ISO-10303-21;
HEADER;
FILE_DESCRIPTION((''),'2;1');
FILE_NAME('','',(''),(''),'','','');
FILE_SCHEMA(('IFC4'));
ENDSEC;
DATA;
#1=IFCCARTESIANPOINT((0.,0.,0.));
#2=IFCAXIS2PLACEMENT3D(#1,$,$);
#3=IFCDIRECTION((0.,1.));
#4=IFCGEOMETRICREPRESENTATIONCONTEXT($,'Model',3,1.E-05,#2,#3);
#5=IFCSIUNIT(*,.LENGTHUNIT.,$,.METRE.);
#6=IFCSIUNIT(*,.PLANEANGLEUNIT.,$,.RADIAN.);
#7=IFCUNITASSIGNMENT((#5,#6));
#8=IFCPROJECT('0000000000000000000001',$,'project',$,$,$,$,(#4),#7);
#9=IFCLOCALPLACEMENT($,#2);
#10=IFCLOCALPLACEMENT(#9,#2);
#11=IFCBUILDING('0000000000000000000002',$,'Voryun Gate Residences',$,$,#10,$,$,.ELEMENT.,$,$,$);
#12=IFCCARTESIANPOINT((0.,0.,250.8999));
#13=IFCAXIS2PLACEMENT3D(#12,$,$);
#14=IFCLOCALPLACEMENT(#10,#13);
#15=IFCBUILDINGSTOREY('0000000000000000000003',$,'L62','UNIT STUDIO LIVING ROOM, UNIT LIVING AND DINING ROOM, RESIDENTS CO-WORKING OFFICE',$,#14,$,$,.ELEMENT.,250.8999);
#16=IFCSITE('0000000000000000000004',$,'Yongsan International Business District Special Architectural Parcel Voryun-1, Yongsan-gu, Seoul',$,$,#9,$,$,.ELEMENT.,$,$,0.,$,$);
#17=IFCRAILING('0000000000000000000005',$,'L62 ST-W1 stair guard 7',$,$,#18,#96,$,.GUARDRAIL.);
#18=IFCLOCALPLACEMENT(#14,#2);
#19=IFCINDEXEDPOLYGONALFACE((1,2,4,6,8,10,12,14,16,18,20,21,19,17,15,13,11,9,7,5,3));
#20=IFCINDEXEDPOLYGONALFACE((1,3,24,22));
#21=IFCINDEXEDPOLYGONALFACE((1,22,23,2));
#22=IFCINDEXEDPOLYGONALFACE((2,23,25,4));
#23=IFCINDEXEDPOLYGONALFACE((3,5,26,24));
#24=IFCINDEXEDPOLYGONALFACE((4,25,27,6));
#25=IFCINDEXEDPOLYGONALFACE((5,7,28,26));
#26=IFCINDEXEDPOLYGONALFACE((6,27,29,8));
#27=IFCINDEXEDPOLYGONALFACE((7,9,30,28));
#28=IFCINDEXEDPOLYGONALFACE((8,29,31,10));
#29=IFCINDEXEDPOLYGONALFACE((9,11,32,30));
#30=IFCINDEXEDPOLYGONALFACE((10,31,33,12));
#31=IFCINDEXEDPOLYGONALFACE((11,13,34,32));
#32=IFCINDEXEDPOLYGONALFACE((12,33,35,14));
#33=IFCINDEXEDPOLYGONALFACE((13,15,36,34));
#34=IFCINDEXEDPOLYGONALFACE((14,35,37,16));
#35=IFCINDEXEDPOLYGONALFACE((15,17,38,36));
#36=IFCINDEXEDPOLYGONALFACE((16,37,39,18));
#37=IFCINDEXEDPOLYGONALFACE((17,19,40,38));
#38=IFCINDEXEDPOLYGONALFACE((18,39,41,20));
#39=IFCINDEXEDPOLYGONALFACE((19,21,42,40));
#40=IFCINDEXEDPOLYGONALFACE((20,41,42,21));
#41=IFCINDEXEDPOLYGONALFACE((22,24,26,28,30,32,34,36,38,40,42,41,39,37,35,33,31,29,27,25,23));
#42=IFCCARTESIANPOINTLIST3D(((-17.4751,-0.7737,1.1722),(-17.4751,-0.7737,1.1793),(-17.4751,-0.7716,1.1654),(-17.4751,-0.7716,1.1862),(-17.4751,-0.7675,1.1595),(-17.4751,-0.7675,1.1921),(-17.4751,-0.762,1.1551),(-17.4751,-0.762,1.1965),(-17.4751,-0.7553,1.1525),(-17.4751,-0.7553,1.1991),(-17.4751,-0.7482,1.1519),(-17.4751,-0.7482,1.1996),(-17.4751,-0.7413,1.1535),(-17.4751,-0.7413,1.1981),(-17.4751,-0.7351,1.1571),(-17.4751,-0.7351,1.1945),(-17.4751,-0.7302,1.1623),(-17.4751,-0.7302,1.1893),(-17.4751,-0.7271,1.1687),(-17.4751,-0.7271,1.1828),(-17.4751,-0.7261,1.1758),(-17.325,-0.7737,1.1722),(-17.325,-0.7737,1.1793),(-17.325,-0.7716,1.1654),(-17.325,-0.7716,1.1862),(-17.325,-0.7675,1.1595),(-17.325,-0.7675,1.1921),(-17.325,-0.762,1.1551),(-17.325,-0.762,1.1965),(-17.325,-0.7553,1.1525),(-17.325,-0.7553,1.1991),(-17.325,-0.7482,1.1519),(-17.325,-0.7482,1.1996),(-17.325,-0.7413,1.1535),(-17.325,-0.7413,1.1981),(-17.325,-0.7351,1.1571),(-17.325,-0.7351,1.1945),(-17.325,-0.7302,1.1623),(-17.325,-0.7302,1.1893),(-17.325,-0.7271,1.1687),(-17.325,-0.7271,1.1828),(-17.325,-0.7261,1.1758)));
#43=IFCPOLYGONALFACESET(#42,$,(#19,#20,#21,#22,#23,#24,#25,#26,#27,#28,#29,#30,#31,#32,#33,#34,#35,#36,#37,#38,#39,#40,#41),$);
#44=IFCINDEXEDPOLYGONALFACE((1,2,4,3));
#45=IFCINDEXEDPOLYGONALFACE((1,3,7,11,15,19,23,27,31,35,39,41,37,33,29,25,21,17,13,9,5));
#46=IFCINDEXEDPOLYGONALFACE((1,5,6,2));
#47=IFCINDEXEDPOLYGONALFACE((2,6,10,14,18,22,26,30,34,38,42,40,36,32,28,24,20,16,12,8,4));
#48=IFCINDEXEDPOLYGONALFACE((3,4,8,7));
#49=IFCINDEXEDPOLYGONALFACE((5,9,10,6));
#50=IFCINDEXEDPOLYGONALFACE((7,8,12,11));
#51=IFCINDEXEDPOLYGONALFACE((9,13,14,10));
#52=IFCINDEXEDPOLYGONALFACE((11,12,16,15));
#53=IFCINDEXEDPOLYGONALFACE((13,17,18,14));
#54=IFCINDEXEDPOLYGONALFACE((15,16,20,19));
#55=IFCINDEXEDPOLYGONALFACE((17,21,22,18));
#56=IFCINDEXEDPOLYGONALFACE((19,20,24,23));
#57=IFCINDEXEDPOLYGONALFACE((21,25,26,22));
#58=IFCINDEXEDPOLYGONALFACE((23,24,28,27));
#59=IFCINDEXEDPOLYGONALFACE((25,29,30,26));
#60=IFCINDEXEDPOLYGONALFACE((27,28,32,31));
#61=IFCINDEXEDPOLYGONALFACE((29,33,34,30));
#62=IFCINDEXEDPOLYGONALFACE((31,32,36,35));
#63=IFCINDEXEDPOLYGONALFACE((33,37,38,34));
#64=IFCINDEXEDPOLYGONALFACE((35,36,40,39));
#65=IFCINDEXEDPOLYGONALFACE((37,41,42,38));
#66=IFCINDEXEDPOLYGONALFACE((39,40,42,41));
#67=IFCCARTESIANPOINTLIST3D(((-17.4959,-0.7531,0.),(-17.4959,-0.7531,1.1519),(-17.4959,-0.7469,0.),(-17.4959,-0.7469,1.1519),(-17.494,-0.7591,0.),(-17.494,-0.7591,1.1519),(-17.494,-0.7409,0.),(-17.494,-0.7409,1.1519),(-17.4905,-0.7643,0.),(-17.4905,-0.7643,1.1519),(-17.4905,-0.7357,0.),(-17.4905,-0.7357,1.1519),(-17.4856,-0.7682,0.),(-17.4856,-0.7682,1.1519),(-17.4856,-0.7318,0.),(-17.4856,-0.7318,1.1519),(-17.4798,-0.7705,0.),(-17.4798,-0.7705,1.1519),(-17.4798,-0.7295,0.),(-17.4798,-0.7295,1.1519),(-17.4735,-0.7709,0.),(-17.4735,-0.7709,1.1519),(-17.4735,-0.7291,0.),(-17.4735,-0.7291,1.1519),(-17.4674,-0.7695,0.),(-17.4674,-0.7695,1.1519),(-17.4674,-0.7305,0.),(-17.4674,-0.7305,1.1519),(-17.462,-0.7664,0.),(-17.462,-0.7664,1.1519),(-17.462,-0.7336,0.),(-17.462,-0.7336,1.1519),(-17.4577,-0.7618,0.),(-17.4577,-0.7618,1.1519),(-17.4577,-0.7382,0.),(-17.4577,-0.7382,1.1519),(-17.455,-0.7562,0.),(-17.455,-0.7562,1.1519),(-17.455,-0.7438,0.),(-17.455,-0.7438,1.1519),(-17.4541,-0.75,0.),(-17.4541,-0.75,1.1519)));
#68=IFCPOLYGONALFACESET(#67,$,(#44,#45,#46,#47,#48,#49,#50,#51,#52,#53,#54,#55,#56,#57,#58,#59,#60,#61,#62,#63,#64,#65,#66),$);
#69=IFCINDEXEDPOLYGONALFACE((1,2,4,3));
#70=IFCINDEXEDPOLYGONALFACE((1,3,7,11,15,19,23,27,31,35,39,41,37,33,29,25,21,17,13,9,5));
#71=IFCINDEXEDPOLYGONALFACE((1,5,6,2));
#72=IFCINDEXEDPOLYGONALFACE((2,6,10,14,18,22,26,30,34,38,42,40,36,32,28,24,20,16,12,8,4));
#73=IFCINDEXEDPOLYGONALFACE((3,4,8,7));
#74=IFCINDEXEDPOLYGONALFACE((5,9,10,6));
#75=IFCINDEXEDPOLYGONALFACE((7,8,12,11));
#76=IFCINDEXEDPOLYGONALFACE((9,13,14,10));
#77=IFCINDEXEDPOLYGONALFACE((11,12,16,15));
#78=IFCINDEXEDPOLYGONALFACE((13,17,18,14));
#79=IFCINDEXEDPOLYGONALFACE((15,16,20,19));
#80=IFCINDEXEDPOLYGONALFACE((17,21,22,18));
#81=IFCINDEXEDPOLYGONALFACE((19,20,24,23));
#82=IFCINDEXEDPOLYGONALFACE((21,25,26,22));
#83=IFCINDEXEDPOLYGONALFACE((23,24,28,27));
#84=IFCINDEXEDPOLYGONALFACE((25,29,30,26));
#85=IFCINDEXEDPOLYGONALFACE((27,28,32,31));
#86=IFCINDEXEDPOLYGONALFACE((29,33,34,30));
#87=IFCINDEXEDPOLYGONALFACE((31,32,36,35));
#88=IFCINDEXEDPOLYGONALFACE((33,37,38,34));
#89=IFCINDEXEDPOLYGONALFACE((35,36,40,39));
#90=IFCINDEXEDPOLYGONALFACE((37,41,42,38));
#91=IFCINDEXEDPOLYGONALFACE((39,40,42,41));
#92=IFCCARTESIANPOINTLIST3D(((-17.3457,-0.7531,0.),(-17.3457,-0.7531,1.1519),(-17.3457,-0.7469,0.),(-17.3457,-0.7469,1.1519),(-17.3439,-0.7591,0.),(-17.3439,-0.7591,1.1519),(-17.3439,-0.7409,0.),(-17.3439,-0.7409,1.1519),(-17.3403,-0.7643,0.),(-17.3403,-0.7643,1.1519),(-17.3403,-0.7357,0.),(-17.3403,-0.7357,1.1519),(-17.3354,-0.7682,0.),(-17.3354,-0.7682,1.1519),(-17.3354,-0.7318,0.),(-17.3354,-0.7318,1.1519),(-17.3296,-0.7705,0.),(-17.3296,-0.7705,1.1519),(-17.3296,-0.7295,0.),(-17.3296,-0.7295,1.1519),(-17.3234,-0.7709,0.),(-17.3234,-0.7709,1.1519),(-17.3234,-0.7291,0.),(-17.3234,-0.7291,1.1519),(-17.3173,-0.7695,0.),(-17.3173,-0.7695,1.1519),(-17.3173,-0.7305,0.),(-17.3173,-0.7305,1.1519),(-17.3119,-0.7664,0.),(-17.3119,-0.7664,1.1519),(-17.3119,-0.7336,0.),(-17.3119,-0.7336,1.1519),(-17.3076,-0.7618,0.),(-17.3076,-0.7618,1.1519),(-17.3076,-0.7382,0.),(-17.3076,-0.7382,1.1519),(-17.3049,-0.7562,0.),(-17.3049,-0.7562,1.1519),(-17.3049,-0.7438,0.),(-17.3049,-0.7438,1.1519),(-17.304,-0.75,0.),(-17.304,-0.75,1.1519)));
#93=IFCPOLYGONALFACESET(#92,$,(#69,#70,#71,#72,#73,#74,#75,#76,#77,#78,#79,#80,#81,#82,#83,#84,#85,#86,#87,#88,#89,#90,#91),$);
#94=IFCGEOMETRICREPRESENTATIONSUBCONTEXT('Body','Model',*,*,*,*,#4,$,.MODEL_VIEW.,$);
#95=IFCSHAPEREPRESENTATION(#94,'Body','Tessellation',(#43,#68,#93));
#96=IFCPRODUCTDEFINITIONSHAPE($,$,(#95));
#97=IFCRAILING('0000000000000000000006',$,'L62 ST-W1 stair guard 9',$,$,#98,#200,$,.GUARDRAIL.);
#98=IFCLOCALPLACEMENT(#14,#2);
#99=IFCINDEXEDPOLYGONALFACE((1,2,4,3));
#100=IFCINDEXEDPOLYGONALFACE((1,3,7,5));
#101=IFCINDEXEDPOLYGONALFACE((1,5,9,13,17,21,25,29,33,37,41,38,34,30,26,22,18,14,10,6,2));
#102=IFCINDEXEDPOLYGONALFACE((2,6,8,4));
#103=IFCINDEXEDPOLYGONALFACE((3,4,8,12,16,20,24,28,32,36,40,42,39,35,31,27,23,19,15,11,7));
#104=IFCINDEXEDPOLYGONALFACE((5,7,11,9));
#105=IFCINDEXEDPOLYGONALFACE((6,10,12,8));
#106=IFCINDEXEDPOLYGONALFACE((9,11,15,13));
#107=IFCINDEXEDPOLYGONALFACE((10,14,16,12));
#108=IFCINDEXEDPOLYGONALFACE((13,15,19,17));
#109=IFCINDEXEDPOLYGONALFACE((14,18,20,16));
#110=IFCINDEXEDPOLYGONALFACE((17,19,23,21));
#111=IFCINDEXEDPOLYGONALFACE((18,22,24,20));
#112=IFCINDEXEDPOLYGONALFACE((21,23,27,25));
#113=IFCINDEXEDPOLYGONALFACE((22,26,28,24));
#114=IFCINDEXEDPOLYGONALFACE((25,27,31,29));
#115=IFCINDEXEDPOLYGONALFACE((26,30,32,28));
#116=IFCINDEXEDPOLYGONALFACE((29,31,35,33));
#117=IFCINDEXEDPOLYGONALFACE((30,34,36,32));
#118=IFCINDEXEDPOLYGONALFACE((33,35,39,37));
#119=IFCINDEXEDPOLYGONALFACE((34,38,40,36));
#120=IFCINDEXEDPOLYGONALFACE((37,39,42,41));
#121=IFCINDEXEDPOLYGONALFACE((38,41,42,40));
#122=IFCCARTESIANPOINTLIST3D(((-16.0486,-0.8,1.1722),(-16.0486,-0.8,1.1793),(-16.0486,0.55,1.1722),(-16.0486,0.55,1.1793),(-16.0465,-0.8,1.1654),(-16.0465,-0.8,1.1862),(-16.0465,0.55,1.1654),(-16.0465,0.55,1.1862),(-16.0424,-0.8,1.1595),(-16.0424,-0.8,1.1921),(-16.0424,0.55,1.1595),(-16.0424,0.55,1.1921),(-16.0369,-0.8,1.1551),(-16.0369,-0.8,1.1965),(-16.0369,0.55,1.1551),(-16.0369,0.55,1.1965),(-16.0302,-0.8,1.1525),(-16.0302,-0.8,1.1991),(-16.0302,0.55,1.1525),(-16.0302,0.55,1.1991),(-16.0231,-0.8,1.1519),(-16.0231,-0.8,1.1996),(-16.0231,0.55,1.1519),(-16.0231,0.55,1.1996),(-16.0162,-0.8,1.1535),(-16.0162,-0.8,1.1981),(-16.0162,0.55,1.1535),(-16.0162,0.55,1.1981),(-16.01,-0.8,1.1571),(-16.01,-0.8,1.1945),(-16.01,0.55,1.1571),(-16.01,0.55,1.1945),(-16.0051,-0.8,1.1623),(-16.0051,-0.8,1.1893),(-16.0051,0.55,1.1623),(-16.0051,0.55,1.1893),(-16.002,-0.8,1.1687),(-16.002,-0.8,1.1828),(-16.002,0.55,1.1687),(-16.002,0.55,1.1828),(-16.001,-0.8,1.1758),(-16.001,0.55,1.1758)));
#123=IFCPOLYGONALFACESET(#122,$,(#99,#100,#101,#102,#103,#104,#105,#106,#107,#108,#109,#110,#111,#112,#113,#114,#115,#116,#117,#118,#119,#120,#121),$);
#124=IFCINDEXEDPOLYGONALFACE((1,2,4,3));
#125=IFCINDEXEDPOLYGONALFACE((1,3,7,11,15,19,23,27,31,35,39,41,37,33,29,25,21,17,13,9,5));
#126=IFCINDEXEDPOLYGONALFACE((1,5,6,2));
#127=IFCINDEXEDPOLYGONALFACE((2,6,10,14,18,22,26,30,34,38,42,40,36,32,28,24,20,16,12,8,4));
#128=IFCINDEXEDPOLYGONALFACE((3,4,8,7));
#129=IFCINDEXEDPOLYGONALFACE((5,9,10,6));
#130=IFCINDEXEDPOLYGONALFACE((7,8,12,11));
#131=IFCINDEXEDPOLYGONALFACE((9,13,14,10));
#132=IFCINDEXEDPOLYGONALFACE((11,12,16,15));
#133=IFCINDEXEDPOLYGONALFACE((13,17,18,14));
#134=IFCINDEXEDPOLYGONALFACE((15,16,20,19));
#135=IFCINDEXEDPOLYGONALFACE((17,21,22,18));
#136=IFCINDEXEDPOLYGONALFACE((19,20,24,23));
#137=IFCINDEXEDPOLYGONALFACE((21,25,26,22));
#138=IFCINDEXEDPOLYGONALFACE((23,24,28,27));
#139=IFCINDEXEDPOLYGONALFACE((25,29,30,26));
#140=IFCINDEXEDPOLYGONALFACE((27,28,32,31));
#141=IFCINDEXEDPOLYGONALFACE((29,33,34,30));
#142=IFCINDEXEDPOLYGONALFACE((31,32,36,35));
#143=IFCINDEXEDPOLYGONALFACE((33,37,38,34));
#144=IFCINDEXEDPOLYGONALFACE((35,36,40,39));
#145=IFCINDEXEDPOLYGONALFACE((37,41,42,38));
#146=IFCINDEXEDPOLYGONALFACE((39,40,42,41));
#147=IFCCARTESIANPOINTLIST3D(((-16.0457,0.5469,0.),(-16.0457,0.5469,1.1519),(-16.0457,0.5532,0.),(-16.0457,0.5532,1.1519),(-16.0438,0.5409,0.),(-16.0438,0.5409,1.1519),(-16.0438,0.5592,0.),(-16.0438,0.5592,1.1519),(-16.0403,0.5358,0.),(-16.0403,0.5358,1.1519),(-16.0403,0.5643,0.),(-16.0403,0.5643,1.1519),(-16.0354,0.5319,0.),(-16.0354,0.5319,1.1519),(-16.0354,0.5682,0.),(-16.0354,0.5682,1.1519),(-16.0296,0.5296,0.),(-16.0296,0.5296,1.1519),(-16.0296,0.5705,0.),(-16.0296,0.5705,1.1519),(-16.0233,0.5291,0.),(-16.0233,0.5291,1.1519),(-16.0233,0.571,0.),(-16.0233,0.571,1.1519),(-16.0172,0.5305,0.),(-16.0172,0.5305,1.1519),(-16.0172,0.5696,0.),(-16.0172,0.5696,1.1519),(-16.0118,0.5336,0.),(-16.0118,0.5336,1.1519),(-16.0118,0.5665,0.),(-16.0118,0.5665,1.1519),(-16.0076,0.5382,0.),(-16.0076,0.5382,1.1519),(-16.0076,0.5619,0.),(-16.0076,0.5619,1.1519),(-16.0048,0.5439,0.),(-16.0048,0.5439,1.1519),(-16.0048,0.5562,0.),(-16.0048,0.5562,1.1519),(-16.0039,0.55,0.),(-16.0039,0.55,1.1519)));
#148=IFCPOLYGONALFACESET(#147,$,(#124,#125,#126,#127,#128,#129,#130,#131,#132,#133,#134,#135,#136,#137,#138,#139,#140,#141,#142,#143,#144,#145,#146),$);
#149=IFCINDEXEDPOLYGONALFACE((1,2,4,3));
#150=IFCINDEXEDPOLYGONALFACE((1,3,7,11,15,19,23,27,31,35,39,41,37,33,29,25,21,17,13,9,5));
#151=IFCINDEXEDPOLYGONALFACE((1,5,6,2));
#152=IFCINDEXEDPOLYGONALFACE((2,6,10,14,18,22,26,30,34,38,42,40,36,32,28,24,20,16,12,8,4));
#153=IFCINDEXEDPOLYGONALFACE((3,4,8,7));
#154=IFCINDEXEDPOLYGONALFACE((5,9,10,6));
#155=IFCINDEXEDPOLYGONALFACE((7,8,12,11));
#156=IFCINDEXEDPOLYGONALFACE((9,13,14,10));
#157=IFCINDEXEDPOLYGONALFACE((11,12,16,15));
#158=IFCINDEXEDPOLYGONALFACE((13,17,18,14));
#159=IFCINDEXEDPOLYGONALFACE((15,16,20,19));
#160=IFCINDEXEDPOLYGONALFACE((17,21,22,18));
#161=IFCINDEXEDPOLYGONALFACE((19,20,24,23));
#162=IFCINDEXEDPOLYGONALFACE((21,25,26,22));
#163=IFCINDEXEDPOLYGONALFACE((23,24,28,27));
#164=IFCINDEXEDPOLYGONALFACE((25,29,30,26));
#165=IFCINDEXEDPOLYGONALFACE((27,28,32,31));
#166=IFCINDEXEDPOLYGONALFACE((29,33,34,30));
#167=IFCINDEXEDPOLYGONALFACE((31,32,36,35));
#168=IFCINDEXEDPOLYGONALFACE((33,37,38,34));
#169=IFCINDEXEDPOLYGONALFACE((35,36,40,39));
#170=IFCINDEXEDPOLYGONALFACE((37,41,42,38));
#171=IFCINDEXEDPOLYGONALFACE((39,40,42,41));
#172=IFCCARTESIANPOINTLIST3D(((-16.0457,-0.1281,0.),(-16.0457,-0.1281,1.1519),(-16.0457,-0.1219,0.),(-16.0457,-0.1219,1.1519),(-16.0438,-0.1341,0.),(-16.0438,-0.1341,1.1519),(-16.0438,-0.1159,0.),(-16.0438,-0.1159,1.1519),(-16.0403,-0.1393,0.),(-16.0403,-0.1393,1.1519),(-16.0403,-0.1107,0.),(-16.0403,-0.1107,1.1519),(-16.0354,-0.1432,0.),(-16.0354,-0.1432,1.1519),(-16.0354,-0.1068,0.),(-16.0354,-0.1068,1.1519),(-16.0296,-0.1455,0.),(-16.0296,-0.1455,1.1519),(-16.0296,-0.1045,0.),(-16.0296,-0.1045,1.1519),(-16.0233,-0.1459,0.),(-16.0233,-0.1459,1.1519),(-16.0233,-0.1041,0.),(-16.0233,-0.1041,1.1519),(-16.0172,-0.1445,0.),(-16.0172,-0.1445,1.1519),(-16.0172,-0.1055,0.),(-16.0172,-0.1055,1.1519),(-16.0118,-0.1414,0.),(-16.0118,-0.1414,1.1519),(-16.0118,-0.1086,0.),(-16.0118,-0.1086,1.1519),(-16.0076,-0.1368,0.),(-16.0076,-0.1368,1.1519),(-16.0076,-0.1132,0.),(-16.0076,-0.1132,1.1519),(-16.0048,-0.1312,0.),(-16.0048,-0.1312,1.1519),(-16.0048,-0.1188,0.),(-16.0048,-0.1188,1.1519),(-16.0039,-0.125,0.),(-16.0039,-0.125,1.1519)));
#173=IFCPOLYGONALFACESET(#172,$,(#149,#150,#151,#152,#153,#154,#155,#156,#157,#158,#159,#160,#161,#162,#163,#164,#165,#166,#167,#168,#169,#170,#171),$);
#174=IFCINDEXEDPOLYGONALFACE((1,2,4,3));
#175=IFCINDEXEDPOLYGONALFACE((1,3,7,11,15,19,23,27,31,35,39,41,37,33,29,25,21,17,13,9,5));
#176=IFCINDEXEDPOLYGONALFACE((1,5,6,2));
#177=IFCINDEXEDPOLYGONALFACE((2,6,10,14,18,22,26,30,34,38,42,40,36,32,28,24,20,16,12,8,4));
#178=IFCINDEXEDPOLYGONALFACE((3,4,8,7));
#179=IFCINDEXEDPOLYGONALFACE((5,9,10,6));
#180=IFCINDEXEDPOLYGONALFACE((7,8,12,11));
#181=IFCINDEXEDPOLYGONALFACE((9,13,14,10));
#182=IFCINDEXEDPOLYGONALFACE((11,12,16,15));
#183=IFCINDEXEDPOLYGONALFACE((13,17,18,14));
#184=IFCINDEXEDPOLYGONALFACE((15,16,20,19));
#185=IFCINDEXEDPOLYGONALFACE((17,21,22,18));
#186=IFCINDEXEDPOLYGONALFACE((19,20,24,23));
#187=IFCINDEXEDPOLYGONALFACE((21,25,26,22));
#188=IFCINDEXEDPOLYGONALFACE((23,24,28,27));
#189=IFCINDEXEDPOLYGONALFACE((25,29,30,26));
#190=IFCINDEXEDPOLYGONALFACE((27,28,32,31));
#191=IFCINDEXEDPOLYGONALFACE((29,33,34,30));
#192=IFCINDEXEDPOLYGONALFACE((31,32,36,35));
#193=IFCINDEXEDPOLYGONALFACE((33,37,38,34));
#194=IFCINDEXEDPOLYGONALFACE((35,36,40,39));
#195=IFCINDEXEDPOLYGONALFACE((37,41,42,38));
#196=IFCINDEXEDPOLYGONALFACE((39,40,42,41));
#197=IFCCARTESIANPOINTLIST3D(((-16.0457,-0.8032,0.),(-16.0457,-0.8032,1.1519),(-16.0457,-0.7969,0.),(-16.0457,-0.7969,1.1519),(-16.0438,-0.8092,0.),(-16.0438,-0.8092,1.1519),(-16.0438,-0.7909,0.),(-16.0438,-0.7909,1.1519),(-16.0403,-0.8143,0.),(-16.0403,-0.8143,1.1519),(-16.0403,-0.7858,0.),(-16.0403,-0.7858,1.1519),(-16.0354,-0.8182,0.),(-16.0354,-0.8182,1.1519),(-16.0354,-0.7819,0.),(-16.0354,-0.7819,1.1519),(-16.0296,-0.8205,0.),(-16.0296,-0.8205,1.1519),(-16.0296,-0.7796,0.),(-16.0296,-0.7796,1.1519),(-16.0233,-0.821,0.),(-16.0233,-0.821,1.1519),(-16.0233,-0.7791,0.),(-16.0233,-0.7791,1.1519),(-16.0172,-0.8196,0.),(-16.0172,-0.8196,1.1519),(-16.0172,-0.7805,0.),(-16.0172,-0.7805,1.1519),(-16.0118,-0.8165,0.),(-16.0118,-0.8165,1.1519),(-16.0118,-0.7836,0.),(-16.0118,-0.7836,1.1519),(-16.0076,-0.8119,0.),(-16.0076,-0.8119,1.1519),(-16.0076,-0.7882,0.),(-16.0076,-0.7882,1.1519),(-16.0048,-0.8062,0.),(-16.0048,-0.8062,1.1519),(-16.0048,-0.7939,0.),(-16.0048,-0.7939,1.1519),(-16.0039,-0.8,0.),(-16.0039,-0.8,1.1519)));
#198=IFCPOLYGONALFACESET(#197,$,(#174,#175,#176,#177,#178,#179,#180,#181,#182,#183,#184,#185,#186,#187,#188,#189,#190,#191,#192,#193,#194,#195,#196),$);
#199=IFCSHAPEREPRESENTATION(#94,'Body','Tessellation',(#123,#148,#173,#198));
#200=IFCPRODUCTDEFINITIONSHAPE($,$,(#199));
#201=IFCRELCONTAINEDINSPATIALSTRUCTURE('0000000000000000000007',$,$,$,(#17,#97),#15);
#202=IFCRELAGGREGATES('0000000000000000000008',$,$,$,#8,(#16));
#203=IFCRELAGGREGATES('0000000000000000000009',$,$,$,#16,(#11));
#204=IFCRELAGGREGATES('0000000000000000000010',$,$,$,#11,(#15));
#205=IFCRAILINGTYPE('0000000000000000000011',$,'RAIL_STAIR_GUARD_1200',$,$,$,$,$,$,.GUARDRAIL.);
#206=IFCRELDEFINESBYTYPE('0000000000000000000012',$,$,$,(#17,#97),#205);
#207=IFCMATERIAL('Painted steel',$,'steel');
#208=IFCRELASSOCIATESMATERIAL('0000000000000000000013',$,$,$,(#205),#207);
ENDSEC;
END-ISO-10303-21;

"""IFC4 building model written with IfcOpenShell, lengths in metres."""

from ifc_helpers import new_model, si_unit, direction, frame, origin, origin_2d, place, context, subcontext, project, spatial, circle, extrude, material, type_object, element, save


model = new_model("IFC4")

# Units and contexts
model_context = context("Model", 3, precision=1e-05, world=origin(), true_north=direction((0.0, 1.0)))
body_context = subcontext(model_context, "Body", "Model", "MODEL_VIEW")
ifc_project = project(units=[si_unit("LENGTHUNIT", "METRE"), si_unit("PLANEANGLEUNIT", "RADIAN")], contexts=[model_context])

# Site, building, storey
site_placement = place(None, origin())
site = spatial("IfcSite", under=ifc_project, at=site_placement, Name="Yongsan International Business District Special Architectural Parcel Voryun-1, Yongsan-gu, Seoul", CompositionType="ELEMENT", RefElevation=0.0)
building_placement = place(site_placement, origin())
building = spatial("IfcBuilding", under=site, at=building_placement, Name="Voryun Gate Residences", CompositionType="ELEMENT")
storey_placement = place(building_placement, frame((0.0, 0.0, 250.8999)))
storey = spatial("IfcBuildingStorey", under=building, at=storey_placement, Name="L62", Description="UNIT STUDIO LIVING ROOM, UNIT LIVING AND DINING ROOM, RESIDENTS CO-WORKING OFFICE", CompositionType="ELEMENT", Elevation=250.8999)

# Railings
ifc_material_1 = material(Name="Painted steel", Category="steel")
railing_type = type_object("IfcRailingType", Name="RAIL_STAIR_GUARD_1200", PredefinedType="GUARDRAIL", material=ifc_material_1)
railing_1_placement = place(storey_placement, frame((-17.4751, -0.75, 0.0)))
element("IfcRailing", 1, at=railing_1_placement, inside=storey, type_object=railing_type, Name="L62 ST-W1 stair guard 7", PredefinedType="GUARDRAIL", context=body_context, shape_type="SweptSolid", body=[
    extrude(circle(Radius=0.0239, at=origin_2d()), frame((0.0, 0.0, 1.1758), z_axis=(1.0, 0.0, 0.0), x_axis=(0.0, 1.0, 0.0)), (0.0, 0.0, 1.0), 0.1501),
    extrude(circle(Radius=0.021, at=origin_2d()), origin(), (0.0, 0.0, 1.0), 1.1519),
    extrude(circle(Radius=0.021, at=origin_2d()), frame((0.1501, 0.0, 0.0)), (0.0, 0.0, 1.0), 1.1519),
])
railing_2_placement = place(storey_placement, frame((-16.0249, 0.55, 0.0)))
element("IfcRailing", 2, at=railing_2_placement, inside=storey, type_object=railing_type, Name="L62 ST-W1 stair guard 9", PredefinedType="GUARDRAIL", context=body_context, shape_type="SweptSolid", body=[
    extrude(circle(Radius=0.0239, at=origin_2d()), frame((0.0, 0.0, 1.1758), z_axis=(0.0, -1.0, 0.0), x_axis=(1.0, 0.0, 0.0)), (0.0, 0.0, 1.0), 1.3501),
    extrude(circle(Radius=0.021, at=origin_2d()), origin(), (0.0, 0.0, 1.0), 1.1519),
    extrude(circle(Radius=0.021, at=origin_2d()), frame((0.0, -0.675, 0.0)), (0.0, 0.0, 1.0), 1.1519),
    extrude(circle(Radius=0.021, at=origin_2d()), frame((0.0, -1.3501, 0.0)), (0.0, 0.0, 1.0), 1.1519),
])

save(model, "model.ifc")
